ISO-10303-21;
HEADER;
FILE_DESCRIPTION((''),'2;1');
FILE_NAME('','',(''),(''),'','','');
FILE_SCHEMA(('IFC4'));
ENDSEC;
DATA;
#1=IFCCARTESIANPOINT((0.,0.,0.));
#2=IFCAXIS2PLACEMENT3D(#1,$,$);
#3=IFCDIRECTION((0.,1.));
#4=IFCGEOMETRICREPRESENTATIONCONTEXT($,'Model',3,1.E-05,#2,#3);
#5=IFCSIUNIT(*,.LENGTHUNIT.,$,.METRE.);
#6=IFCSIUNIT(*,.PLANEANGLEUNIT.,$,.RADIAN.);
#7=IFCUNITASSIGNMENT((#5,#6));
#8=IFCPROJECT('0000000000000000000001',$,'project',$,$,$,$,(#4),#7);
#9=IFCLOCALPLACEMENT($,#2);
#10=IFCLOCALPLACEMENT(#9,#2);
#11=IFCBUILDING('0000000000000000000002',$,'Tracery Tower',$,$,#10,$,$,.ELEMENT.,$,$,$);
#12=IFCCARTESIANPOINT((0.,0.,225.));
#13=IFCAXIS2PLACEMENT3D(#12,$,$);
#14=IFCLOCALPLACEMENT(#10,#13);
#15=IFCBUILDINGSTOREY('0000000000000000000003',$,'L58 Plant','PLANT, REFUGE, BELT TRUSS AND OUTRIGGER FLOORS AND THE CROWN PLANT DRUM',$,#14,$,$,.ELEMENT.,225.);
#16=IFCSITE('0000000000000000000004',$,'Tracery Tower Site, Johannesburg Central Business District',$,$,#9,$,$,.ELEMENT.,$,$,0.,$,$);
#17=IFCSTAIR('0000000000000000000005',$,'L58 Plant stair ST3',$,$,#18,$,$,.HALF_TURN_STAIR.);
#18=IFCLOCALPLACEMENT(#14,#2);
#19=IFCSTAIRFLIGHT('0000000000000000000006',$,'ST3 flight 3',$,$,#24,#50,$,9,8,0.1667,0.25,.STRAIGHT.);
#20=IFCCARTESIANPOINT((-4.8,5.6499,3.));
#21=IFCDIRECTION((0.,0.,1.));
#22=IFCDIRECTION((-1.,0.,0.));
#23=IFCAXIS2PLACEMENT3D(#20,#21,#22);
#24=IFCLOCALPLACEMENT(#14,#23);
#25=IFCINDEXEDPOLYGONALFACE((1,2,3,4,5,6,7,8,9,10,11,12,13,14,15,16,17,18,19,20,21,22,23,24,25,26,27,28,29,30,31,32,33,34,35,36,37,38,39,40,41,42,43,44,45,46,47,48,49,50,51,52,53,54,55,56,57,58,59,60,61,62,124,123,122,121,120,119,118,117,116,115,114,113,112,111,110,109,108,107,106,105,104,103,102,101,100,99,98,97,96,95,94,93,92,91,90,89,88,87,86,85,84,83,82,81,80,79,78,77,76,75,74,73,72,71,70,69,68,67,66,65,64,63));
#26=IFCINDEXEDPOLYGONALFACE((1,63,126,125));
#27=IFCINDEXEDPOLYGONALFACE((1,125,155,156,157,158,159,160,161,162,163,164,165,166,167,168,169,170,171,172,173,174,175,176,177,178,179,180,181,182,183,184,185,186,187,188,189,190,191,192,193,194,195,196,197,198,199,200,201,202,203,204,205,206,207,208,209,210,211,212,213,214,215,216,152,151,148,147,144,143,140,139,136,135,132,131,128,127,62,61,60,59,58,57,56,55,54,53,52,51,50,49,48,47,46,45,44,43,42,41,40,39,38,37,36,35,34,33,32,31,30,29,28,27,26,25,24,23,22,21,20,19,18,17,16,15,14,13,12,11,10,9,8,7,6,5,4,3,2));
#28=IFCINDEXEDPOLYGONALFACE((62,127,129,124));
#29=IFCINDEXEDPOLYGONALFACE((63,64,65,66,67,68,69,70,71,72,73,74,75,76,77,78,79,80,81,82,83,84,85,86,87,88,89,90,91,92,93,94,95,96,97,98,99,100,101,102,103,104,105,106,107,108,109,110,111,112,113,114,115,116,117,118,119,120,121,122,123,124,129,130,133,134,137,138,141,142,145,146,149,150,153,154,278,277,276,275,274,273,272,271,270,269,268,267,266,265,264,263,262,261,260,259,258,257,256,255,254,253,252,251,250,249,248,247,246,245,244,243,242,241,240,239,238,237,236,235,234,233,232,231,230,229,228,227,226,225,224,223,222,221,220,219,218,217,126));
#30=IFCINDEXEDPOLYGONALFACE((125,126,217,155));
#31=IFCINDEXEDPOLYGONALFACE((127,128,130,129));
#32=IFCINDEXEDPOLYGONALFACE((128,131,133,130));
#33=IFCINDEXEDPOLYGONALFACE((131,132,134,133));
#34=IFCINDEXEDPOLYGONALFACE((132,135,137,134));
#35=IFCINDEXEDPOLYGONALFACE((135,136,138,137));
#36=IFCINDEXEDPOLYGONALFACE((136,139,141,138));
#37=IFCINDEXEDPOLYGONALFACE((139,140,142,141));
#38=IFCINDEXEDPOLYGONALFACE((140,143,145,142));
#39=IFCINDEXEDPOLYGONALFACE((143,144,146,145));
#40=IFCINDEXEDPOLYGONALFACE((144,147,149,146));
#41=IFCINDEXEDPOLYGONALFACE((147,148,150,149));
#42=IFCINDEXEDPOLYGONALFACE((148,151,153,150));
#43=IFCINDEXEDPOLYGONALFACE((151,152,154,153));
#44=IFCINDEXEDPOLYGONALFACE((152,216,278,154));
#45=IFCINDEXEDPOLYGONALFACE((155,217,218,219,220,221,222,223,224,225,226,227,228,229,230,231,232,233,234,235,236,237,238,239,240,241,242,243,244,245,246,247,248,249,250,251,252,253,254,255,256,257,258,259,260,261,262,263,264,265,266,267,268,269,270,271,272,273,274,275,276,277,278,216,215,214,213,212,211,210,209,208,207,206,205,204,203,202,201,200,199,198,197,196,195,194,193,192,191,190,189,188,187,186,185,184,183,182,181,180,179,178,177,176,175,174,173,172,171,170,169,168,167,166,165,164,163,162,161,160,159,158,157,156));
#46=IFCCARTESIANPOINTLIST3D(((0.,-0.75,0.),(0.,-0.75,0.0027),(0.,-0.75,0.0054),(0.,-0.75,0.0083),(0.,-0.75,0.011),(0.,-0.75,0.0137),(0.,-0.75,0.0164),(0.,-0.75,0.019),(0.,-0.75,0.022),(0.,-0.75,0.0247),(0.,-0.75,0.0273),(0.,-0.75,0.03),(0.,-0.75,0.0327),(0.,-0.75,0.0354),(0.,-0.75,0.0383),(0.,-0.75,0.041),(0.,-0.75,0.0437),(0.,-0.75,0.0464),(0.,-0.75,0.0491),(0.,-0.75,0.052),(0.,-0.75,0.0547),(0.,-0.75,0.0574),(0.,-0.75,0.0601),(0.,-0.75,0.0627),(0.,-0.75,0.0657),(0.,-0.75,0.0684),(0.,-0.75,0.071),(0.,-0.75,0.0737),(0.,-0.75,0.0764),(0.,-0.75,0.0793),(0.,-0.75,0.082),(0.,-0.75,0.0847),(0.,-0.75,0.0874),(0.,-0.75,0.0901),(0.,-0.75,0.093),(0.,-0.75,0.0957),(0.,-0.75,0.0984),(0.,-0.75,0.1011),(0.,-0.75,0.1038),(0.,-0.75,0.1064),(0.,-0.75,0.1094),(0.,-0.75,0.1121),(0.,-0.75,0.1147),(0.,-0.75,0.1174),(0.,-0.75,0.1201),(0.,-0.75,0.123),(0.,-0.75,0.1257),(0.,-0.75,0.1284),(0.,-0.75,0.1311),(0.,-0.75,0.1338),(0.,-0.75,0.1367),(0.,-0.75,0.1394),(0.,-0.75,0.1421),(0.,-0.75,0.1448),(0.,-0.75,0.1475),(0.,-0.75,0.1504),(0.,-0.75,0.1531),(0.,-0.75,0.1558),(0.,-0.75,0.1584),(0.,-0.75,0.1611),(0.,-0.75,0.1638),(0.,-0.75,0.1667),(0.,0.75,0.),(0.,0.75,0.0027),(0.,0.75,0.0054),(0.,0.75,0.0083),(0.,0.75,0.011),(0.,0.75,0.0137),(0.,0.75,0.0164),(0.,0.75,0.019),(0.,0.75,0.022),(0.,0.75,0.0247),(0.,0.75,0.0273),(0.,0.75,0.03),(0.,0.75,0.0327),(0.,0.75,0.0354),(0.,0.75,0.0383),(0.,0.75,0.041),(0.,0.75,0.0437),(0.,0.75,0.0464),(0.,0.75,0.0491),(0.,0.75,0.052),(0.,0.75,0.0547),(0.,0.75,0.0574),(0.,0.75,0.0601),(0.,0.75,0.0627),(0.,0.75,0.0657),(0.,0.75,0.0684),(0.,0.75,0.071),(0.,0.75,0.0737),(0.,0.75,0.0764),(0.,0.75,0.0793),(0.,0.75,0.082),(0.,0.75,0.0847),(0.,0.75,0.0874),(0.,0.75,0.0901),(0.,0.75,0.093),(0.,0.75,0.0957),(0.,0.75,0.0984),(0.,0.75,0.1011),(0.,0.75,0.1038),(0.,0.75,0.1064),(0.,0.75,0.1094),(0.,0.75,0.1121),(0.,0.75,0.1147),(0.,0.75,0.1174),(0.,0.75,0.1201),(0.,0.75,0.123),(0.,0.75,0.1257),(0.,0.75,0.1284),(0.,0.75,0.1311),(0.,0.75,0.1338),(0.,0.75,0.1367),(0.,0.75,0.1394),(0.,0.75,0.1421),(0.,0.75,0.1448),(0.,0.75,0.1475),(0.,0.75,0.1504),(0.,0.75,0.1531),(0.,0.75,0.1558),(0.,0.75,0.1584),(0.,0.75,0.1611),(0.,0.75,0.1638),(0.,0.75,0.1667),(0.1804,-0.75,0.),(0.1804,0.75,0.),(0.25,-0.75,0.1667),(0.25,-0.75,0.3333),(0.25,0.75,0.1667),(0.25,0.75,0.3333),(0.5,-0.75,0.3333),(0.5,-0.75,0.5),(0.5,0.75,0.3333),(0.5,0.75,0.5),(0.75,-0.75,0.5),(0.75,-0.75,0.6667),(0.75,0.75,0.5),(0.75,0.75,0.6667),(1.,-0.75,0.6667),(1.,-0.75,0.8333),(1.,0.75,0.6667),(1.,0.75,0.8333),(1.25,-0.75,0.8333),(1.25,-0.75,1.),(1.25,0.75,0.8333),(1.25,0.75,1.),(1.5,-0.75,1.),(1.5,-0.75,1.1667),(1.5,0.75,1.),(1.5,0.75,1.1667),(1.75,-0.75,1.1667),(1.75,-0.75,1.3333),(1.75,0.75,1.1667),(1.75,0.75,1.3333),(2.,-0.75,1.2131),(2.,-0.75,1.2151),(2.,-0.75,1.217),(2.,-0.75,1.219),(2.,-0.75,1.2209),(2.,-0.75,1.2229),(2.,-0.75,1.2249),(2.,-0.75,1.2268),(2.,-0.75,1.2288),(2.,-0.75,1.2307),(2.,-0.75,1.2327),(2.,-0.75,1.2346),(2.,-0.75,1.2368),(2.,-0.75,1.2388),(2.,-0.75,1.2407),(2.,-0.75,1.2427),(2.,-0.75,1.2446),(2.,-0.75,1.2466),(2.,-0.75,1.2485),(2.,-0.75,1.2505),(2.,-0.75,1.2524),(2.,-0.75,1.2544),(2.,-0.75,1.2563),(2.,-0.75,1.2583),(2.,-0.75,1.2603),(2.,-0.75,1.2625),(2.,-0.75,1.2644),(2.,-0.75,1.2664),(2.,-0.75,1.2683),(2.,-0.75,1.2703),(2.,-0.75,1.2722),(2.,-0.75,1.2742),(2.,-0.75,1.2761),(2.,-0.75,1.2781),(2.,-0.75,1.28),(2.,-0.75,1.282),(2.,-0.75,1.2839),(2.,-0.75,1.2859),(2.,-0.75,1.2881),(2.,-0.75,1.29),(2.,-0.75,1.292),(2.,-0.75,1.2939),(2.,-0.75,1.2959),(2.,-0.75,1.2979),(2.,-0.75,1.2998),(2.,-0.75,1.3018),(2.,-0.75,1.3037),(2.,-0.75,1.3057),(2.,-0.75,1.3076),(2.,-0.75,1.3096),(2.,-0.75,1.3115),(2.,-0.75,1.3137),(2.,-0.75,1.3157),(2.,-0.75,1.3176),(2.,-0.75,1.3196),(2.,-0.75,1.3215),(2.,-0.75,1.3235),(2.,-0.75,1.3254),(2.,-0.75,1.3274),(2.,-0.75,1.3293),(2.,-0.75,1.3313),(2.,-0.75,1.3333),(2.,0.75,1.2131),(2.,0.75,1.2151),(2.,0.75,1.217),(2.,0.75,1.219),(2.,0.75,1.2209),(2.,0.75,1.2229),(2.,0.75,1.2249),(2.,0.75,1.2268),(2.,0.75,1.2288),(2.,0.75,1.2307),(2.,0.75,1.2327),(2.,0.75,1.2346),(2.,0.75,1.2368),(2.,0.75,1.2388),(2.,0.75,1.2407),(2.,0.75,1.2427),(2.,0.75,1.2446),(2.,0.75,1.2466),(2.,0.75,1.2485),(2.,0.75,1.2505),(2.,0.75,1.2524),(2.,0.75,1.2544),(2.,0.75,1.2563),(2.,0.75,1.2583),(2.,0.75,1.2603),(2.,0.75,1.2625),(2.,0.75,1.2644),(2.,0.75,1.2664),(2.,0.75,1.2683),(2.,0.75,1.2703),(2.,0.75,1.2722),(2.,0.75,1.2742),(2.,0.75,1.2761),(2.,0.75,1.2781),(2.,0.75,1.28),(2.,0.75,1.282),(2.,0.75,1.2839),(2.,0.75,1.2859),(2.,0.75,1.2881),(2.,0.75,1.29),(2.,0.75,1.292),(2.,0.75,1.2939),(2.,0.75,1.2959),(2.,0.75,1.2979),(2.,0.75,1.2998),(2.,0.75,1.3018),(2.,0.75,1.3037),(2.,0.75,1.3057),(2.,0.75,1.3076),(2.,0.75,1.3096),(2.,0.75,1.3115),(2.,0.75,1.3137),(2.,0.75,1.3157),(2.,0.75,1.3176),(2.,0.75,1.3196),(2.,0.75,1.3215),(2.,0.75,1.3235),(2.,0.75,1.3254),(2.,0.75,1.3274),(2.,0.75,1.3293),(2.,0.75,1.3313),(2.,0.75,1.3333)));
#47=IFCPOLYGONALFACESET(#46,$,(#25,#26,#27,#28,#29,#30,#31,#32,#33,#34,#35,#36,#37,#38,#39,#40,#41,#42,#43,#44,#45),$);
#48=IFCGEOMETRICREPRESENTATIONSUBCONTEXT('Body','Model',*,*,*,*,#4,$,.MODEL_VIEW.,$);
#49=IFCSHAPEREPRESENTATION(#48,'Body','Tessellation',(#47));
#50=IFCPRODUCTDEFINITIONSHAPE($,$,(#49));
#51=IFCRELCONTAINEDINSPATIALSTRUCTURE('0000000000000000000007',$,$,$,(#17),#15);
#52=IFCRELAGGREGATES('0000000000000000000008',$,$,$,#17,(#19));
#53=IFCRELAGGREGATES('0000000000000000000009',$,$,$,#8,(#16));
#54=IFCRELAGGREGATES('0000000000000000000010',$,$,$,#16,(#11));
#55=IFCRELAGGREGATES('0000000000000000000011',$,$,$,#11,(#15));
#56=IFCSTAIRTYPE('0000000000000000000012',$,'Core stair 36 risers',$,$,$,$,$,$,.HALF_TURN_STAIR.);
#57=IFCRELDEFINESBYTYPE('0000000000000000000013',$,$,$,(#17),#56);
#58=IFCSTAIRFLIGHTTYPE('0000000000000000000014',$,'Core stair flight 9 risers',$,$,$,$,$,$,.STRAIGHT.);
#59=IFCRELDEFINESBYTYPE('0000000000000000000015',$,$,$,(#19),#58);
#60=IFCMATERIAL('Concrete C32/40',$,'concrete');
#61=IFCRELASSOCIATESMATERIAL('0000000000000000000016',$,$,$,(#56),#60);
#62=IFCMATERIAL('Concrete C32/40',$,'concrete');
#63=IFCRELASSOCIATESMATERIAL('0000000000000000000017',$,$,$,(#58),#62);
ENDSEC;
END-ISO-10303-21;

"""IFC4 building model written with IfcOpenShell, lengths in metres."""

from ifc_helpers import new_model, si_unit, direction, frame, origin, place, context, subcontext, project, spatial, polyline, outline, extrude, material, type_object, element, aggregate, save


model = new_model("IFC4")

# Units and contexts
model_context = context("Model", 3, precision=1e-05, world=origin(), true_north=direction((0.0, 1.0)))
body_context = subcontext(model_context, "Body", "Model", "MODEL_VIEW")
ifc_project = project(units=[si_unit("LENGTHUNIT", "METRE"), si_unit("PLANEANGLEUNIT", "RADIAN")], contexts=[model_context])

# Site, building, storey
site_placement = place(None, origin())
site = spatial("IfcSite", under=ifc_project, at=site_placement, Name="Tracery Tower Site, Johannesburg Central Business District", CompositionType="ELEMENT", RefElevation=0.0)
building_placement = place(site_placement, origin())
building = spatial("IfcBuilding", under=site, at=building_placement, Name="Tracery Tower", CompositionType="ELEMENT")
storey_placement = place(building_placement, frame((0.0, 0.0, 225.0)))
storey = spatial("IfcBuildingStorey", under=building, at=storey_placement, Name="L58 Plant", Description="PLANT, REFUGE, BELT TRUSS AND OUTRIGGER FLOORS AND THE CROWN PLANT DRUM", CompositionType="ELEMENT", Elevation=225.0)

# Stair, stair flight
ifc_material_1 = material(Name="Concrete C32/40", Category="concrete")
stair_type = type_object("IfcStairType", Name="Core stair 36 risers", PredefinedType="HALF_TURN_STAIR", material=ifc_material_1)
stair_placement = place(storey_placement, origin())
stair = element("IfcStair", 1, at=stair_placement, inside=storey, type_object=stair_type, Name="L58 Plant stair ST3", PredefinedType="HALF_TURN_STAIR")
ifc_material_2 = material(Name="Concrete C32/40", Category="concrete")
stair_flight_type = type_object("IfcStairFlightType", Name="Core stair flight 9 risers", PredefinedType="STRAIGHT", material=ifc_material_2)
stair_flight_1_placement = place(storey_placement, frame((-4.8, 5.6499, 3.0), z_axis=(0.0, 0.0, 1.0), x_axis=(-1.0, 0.0, 0.0)))
stair_flight_1 = element("IfcStairFlight", 2, at=stair_flight_1_placement, type_object=stair_flight_type, Name="ST3 flight 3", NumberOfRisers=9, NumberOfTreads=8, PredefinedType="STRAIGHT", RiserHeight=0.1667, TreadLength=0.25, context=body_context, shape_type="SweptSolid", body=[
    extrude(outline(polyline([(0.0, 0.0), (0.0, 0.0027), (0.0, 0.0054), (0.0, 0.0083), (0.0, 0.011), (0.0, 0.0137), (0.0, 0.0164), (0.0, 0.019), (0.0, 0.022), (0.0, 0.0247), (0.0, 0.0273), (0.0, 0.03), (0.0, 0.0327), (0.0, 0.0354), (0.0, 0.0383), (0.0, 0.041), (0.0, 0.0437), (0.0, 0.0464), (0.0, 0.0491), (0.0, 0.052), (0.0, 0.0547), (0.0, 0.0574), (0.0, 0.0601), (0.0, 0.0627), (0.0, 0.0657), (0.0, 0.0684), (0.0, 0.071), (0.0, 0.0737), (0.0, 0.0764), (0.0, 0.0793), (0.0, 0.082), (0.0, 0.0847), (0.0, 0.0874), (0.0, 0.0901), (0.0, 0.093), (0.0, 0.0957), (0.0, 0.0984), (0.0, 0.1011), (0.0, 0.1038), (0.0, 0.1064), (0.0, 0.1094), (0.0, 0.1121), (0.0, 0.1147), (0.0, 0.1174), (0.0, 0.1201), (0.0, 0.123), (0.0, 0.1257), (0.0, 0.1284), (0.0, 0.1311), (0.0, 0.1338), (0.0, 0.1367), (0.0, 0.1394), (0.0, 0.1421), (0.0, 0.1448), (0.0, 0.1475), (0.0, 0.1504), (0.0, 0.1531), (0.0, 0.1558), (0.0, 0.1584), (0.0, 0.1611), (0.0, 0.1638), (0.0, 0.1667), (0.25, 0.1667), (0.25, 0.3333), (0.5, 0.3333), (0.5, 0.5), (0.75, 0.5), (0.75, 0.6667), (1.0, 0.6667), (1.0, 0.8333), (1.25, 0.8333), (1.25, 1.0), (1.5, 1.0), (1.5, 1.1667), (1.75, 1.1667), (1.75, 1.3333), (2.0, 1.3333), (2.0, 1.3313), (2.0, 1.3293), (2.0, 1.3274), (2.0, 1.3254), (2.0, 1.3235), (2.0, 1.3215), (2.0, 1.3196), (2.0, 1.3176), (2.0, 1.3157), (2.0, 1.3137), (2.0, 1.3115), (2.0, 1.3096), (2.0, 1.3076), (2.0, 1.3057), (2.0, 1.3037), (2.0, 1.3018), (2.0, 1.2998), (2.0, 1.2979), (2.0, 1.2959), (2.0, 1.2939), (2.0, 1.292), (2.0, 1.29), (2.0, 1.2881), (2.0, 1.2859), (2.0, 1.2839), (2.0, 1.282), (2.0, 1.28), (2.0, 1.2781), (2.0, 1.2761), (2.0, 1.2742), (2.0, 1.2722), (2.0, 1.2703), (2.0, 1.2683), (2.0, 1.2664), (2.0, 1.2644), (2.0, 1.2625), (2.0, 1.2603), (2.0, 1.2583), (2.0, 1.2563), (2.0, 1.2544), (2.0, 1.2524), (2.0, 1.2505), (2.0, 1.2485), (2.0, 1.2466), (2.0, 1.2446), (2.0, 1.2427), (2.0, 1.2407), (2.0, 1.2388), (2.0, 1.2368), (2.0, 1.2346), (2.0, 1.2327), (2.0, 1.2307), (2.0, 1.2288), (2.0, 1.2268), (2.0, 1.2249), (2.0, 1.2229), (2.0, 1.2209), (2.0, 1.219), (2.0, 1.217), (2.0, 1.2151), (2.0, 1.2131), (0.1804, 0.0), (0.0, 0.0)])), frame((0.0, 0.75, 0.0), z_axis=(0.0, -1.0, 0.0), x_axis=(1.0, 0.0, 0.0)), (0.0, 0.0, 1.0), 1.5),
])
aggregate(stair, [stair_flight_1])

save(model, "model.ifc")
